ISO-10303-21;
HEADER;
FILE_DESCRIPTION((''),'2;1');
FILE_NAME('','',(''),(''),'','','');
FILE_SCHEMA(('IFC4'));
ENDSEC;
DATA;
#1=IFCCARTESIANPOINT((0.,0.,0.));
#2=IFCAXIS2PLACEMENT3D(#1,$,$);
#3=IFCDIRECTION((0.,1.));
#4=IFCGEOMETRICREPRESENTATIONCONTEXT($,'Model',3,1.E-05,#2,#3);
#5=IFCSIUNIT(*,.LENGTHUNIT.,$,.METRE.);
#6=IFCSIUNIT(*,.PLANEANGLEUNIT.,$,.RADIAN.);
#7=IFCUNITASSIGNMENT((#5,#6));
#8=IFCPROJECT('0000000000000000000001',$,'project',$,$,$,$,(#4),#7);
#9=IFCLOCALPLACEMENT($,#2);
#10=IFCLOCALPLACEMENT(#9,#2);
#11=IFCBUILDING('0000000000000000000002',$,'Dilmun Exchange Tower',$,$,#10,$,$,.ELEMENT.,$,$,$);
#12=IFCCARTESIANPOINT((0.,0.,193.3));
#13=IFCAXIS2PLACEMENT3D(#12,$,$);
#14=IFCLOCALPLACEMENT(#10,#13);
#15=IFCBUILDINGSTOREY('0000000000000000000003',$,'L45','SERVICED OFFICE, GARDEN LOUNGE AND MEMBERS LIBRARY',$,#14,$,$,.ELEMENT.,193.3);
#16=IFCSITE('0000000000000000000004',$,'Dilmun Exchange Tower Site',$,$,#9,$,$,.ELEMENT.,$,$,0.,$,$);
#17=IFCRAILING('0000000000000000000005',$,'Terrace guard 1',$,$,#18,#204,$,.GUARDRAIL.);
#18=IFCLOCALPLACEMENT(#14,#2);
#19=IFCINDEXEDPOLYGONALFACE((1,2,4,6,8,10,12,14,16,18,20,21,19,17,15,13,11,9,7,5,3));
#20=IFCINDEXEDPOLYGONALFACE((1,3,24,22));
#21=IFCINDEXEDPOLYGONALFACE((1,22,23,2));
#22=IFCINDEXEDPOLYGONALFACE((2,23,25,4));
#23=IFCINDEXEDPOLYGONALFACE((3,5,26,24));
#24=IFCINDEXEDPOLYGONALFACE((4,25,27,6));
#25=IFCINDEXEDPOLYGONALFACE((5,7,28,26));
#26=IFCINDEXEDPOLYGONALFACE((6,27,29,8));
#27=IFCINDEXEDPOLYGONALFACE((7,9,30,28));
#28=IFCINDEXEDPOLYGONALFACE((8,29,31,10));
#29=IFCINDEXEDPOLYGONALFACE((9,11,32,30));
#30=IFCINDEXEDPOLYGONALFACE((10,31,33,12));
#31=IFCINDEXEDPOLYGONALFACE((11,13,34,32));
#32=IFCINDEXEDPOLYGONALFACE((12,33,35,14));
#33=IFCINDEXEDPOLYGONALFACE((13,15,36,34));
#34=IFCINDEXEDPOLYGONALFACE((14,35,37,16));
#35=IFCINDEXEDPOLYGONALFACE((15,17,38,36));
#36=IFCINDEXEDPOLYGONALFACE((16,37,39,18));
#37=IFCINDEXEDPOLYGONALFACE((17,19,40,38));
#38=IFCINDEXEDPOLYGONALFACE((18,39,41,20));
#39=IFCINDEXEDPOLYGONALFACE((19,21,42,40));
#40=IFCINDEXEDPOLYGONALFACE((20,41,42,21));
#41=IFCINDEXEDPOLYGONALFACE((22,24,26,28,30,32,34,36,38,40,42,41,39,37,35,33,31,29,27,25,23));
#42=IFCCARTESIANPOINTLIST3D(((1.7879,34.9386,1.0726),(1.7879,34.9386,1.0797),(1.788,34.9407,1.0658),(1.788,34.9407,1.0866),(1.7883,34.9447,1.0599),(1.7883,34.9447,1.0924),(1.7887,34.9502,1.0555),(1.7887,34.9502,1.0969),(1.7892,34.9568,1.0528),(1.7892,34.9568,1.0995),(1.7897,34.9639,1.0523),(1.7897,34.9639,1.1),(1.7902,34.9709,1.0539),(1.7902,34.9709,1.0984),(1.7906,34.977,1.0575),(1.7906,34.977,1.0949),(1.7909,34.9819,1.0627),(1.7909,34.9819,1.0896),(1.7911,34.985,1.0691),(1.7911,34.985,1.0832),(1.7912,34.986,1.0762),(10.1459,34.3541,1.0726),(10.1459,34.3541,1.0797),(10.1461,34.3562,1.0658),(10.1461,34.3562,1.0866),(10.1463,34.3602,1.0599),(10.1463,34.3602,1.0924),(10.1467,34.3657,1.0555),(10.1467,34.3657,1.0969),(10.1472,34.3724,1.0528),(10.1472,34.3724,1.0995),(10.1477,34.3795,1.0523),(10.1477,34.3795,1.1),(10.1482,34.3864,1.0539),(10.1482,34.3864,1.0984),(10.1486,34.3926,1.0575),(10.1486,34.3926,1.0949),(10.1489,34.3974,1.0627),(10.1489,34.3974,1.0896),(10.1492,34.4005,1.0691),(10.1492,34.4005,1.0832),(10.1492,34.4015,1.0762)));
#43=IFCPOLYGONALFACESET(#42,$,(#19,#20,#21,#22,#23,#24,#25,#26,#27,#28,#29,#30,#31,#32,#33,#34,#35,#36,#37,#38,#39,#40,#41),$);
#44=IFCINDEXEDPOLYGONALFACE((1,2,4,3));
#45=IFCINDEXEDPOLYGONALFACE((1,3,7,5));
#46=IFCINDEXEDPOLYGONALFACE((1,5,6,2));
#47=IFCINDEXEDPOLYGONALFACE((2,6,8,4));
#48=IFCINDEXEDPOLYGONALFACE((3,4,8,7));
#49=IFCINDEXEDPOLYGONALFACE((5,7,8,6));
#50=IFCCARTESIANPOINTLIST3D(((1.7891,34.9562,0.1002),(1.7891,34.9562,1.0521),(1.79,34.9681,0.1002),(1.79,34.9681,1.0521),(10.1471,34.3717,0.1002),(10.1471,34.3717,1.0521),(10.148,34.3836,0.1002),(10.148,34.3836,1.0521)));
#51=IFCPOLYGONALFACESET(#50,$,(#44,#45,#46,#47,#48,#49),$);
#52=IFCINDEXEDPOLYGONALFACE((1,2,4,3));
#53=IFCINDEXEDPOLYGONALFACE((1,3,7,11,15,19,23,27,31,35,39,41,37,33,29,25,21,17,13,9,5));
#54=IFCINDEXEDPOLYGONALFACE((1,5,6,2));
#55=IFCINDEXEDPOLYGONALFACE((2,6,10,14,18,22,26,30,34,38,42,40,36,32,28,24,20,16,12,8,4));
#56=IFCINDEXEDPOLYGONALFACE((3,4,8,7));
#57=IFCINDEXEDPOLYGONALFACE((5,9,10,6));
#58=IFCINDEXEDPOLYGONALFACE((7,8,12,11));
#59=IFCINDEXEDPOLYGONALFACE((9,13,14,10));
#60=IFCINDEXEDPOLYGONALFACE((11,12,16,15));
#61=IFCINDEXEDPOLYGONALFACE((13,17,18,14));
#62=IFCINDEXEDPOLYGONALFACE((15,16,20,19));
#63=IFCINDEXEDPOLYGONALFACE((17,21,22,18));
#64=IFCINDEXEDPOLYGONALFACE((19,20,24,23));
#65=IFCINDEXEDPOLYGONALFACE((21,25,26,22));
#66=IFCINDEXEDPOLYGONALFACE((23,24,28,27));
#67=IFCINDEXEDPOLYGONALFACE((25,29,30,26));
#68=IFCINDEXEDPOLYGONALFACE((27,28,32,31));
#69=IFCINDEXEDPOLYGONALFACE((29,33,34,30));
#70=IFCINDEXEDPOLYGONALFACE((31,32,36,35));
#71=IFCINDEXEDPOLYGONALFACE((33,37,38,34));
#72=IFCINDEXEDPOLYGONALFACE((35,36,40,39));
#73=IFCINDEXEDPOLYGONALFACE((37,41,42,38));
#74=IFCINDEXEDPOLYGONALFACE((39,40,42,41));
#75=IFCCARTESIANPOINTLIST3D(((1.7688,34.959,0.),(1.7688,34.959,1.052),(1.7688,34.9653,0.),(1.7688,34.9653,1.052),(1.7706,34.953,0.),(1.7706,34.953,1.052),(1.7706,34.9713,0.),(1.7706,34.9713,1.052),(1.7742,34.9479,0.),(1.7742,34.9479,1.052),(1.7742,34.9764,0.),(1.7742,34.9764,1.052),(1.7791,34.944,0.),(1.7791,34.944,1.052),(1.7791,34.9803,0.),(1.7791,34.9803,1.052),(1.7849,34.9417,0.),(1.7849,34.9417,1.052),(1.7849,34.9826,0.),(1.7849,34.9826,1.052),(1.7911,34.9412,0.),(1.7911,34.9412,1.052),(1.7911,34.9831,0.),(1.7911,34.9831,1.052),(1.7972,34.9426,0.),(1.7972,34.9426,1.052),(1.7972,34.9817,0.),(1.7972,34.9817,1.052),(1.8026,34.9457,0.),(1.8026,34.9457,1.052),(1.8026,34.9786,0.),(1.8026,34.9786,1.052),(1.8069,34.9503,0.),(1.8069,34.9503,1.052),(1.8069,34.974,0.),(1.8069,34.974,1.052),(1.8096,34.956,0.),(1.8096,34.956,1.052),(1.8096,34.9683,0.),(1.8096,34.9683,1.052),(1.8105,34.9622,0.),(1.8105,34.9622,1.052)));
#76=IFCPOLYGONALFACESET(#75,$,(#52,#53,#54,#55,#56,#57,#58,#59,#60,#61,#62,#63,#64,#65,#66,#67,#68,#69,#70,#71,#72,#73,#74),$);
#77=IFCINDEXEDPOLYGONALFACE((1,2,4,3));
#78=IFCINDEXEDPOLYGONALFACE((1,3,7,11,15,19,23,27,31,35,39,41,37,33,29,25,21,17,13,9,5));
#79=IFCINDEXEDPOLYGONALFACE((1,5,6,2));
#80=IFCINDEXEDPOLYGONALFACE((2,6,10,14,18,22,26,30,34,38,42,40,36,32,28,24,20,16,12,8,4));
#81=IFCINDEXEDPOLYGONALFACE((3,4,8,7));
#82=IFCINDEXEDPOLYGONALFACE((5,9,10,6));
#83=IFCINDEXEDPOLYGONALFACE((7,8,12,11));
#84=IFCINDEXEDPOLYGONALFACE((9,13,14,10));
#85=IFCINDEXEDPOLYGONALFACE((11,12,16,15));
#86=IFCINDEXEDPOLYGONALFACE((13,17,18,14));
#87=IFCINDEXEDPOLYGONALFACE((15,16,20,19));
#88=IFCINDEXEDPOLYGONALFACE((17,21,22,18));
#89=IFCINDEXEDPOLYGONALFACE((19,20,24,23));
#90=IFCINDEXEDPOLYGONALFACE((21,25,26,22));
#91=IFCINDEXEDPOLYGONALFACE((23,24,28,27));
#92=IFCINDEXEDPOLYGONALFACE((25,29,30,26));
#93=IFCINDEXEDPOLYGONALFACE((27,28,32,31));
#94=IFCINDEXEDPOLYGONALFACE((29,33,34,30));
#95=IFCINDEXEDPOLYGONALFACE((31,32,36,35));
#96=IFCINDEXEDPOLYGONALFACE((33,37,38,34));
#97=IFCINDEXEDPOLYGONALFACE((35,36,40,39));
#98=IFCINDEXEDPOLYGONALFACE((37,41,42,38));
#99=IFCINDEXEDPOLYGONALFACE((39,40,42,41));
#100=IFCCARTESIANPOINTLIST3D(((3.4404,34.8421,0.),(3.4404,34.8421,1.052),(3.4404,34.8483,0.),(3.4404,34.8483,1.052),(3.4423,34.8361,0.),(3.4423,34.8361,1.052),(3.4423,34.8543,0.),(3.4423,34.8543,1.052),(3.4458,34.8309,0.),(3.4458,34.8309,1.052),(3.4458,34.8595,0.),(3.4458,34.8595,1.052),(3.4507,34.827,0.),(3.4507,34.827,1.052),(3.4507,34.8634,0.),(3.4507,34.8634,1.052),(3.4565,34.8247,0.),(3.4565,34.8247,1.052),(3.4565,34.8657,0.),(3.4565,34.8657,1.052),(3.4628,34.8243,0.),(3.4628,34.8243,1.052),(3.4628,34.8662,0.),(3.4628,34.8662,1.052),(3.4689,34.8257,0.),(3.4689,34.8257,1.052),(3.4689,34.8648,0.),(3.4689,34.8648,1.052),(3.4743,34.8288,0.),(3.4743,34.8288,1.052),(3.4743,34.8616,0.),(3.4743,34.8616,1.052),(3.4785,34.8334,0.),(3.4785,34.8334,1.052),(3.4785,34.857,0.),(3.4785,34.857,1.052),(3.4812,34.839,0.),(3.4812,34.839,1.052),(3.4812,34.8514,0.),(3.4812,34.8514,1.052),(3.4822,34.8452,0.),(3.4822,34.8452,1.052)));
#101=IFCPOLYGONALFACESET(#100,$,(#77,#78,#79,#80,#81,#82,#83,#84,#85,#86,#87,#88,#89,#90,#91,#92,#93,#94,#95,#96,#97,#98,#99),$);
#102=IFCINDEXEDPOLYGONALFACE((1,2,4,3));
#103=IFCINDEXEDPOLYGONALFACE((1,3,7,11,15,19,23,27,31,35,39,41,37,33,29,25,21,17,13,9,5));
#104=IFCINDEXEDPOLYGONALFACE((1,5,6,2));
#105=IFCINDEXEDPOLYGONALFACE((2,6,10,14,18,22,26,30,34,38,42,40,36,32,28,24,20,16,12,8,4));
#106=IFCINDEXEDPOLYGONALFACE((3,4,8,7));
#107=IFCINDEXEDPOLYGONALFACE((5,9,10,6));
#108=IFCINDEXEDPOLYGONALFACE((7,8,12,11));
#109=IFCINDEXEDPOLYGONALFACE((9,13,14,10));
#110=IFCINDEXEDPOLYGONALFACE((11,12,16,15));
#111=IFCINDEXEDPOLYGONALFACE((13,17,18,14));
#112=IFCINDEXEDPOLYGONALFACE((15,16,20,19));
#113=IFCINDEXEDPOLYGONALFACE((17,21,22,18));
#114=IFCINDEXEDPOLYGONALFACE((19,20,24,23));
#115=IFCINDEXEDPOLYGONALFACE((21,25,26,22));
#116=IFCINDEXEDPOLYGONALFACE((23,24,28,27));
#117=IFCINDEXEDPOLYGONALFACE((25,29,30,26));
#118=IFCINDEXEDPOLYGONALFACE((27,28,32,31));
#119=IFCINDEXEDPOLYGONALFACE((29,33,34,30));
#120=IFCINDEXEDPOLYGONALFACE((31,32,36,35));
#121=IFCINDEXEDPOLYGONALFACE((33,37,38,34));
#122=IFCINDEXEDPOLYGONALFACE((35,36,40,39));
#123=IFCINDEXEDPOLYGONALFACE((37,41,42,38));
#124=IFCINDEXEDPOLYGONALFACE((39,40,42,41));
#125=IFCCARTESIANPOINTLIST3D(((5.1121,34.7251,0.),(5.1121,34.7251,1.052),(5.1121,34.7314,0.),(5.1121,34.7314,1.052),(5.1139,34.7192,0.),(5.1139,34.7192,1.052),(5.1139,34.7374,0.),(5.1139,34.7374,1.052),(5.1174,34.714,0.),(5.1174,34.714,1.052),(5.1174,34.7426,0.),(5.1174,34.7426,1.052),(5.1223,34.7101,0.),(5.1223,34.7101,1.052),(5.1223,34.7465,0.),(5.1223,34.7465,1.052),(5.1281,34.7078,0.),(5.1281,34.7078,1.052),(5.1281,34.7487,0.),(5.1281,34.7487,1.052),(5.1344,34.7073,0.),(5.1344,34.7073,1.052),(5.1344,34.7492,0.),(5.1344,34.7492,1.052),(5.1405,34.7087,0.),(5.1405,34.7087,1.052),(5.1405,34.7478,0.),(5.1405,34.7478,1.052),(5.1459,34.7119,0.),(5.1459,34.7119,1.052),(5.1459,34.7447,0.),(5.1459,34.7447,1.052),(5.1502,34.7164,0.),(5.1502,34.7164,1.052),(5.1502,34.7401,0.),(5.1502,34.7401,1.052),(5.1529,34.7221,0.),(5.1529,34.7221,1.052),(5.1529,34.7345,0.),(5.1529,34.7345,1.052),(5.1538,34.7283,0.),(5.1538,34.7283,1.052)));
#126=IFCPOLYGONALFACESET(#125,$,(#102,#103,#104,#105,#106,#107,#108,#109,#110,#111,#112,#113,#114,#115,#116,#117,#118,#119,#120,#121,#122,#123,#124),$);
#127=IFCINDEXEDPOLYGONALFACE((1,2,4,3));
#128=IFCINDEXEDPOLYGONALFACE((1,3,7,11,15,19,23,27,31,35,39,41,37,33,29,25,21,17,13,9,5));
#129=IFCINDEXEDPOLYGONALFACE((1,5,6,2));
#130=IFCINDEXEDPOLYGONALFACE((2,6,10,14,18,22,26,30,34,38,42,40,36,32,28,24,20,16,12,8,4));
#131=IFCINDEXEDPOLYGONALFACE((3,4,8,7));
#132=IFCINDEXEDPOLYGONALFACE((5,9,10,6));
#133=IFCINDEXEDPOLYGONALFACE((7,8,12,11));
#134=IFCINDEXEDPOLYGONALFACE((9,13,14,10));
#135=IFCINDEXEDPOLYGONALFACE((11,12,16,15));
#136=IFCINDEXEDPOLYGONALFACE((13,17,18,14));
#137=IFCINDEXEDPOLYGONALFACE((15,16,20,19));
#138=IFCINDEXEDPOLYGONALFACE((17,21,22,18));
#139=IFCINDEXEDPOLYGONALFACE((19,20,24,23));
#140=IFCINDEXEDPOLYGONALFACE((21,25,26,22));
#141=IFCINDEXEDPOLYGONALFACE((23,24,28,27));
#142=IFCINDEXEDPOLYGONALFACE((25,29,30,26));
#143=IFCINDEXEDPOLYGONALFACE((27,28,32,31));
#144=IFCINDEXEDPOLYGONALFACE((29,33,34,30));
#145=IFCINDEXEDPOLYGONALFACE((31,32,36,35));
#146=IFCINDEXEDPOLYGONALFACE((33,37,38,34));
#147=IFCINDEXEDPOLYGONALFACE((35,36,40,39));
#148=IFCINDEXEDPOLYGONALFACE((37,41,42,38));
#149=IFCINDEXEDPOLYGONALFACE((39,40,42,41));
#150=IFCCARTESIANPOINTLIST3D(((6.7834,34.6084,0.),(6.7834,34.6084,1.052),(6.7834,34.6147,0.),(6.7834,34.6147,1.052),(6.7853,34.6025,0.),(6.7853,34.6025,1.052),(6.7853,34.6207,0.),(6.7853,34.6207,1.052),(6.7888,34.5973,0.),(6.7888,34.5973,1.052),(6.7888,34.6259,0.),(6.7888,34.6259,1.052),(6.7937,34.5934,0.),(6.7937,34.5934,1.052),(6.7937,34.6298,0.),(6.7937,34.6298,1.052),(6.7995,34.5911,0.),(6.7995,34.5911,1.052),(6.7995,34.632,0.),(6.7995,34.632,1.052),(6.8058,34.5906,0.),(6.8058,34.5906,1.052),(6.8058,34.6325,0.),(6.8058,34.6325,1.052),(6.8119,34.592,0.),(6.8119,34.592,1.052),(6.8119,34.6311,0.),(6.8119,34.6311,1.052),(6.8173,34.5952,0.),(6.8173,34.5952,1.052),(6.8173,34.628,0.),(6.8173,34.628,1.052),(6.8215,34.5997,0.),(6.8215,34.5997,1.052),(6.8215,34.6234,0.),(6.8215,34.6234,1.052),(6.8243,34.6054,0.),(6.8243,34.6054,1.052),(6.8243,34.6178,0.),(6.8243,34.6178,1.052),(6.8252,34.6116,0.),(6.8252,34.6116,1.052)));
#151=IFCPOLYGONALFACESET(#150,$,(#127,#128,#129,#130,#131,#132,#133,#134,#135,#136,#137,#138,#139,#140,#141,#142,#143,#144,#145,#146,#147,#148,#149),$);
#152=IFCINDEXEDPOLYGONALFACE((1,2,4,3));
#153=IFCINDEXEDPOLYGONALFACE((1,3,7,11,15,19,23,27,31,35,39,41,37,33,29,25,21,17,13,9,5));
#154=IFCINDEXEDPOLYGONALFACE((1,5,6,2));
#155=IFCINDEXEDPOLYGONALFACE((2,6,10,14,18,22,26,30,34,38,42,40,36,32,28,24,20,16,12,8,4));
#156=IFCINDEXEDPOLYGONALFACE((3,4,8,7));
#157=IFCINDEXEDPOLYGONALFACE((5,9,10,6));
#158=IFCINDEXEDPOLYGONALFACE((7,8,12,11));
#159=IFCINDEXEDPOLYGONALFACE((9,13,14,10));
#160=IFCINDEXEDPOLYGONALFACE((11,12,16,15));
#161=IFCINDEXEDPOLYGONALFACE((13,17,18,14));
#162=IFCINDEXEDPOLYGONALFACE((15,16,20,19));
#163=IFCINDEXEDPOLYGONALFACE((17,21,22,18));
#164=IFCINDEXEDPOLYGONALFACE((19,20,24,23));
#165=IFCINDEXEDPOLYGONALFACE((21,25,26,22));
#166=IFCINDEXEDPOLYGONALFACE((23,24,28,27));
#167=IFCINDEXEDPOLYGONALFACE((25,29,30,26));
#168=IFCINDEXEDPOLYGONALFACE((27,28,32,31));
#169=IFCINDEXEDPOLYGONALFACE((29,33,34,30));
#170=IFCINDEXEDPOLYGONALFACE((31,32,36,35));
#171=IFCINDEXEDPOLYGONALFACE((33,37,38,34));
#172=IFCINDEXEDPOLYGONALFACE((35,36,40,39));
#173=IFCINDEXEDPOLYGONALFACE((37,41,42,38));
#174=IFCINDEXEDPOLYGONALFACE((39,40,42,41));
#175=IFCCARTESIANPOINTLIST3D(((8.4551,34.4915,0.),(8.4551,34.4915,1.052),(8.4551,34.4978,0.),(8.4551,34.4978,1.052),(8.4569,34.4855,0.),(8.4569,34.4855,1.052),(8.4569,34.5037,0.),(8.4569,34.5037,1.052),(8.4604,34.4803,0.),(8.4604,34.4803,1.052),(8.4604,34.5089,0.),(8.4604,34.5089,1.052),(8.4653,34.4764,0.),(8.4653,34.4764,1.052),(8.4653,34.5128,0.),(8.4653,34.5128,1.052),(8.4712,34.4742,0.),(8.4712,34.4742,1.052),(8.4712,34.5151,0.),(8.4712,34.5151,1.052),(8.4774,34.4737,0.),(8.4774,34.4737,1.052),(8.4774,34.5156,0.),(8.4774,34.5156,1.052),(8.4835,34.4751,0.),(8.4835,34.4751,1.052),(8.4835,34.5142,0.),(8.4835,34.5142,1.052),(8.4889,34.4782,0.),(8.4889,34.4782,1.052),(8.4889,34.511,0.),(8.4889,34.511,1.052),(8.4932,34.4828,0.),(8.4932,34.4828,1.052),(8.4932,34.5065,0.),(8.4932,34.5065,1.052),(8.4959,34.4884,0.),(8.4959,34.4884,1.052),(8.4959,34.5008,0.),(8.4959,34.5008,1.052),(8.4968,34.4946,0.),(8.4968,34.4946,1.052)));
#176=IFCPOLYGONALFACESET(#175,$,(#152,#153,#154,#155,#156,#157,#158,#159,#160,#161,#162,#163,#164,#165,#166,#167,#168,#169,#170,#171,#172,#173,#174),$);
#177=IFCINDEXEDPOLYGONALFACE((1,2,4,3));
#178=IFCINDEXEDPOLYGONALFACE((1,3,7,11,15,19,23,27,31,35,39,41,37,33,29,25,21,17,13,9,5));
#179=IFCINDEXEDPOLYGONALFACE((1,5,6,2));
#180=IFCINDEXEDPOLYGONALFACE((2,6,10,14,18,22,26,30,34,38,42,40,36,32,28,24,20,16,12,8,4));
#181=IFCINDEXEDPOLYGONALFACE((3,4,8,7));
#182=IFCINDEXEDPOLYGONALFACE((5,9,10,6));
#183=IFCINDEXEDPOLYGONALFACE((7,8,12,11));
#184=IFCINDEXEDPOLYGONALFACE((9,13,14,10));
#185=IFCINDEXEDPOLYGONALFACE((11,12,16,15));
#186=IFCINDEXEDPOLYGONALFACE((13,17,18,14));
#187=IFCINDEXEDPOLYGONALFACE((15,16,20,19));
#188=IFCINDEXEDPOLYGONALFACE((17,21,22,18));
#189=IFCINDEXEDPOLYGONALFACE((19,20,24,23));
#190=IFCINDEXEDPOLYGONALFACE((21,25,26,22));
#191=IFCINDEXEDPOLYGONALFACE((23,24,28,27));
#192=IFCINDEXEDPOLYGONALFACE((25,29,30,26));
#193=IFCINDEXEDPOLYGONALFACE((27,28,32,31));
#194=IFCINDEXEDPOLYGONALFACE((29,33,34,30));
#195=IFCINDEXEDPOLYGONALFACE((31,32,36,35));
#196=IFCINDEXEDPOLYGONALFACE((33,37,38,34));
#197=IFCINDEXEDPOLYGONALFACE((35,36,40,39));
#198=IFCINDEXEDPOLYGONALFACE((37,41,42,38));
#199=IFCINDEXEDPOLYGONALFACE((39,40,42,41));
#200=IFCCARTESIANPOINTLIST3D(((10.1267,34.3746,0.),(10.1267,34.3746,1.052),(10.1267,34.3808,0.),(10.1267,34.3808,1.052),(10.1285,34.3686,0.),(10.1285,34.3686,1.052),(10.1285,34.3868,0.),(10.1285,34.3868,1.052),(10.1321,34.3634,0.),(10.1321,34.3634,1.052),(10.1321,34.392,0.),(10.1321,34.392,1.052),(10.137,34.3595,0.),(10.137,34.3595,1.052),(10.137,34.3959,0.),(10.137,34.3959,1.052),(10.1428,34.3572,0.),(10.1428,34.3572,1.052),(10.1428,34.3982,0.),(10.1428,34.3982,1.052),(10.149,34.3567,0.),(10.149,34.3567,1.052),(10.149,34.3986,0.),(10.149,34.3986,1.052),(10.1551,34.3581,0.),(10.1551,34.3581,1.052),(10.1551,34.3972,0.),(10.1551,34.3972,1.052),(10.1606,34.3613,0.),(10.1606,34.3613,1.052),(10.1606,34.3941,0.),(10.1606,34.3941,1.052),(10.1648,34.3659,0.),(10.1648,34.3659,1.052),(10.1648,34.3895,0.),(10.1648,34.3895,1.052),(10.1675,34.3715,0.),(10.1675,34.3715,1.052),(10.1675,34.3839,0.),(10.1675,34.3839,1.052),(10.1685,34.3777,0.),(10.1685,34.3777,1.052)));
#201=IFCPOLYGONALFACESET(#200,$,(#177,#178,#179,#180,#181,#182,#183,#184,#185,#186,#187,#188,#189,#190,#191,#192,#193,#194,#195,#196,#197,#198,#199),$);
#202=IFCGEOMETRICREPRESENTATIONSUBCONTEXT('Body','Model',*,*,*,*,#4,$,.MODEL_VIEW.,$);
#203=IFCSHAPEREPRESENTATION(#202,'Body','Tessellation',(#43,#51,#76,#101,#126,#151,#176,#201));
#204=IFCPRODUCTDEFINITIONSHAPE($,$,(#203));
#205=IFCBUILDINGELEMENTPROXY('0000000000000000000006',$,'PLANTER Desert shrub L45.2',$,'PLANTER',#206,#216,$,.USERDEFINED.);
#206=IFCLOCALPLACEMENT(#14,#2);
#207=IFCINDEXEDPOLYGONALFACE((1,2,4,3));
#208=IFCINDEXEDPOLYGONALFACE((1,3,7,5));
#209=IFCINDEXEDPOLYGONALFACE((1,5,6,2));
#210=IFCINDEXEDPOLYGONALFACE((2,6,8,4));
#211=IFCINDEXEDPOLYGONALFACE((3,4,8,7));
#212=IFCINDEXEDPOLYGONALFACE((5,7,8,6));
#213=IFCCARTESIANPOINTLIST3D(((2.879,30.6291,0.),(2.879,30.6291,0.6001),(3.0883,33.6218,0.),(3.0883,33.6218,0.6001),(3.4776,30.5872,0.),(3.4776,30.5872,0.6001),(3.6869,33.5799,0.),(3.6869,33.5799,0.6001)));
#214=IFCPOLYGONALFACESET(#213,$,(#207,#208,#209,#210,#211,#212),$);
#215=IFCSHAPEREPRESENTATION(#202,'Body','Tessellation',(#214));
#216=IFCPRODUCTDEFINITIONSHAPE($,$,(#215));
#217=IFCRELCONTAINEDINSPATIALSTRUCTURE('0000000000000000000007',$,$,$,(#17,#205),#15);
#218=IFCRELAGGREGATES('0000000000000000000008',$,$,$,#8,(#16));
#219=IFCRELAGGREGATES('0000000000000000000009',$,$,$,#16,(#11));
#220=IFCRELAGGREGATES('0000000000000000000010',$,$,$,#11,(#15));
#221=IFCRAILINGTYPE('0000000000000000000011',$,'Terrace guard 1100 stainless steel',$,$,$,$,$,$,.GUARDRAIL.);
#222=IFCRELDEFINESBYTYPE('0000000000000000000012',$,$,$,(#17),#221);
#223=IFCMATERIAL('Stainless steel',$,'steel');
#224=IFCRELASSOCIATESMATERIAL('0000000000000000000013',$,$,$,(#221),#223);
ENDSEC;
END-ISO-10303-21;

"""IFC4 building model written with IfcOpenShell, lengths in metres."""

from ifc_helpers import new_model, si_unit, direction, frame, origin, origin_2d, place, context, subcontext, project, spatial, rectangle, circle, extrude, material, type_object, element, save


model = new_model("IFC4")

# Units and contexts
model_context = context("Model", 3, precision=1e-05, world=origin(), true_north=direction((0.0, 1.0)))
body_context = subcontext(model_context, "Body", "Model", "MODEL_VIEW")
ifc_project = project(units=[si_unit("LENGTHUNIT", "METRE"), si_unit("PLANEANGLEUNIT", "RADIAN")], contexts=[model_context])

# Site, building, storey
site_placement = place(None, origin())
site = spatial("IfcSite", under=ifc_project, at=site_placement, Name="Dilmun Exchange Tower Site", CompositionType="ELEMENT", RefElevation=0.0)
building_placement = place(site_placement, origin())
building = spatial("IfcBuilding", under=site, at=building_placement, Name="Dilmun Exchange Tower", CompositionType="ELEMENT")
storey_placement = place(building_placement, frame((0.0, 0.0, 193.3)))
storey = spatial("IfcBuildingStorey", under=building, at=storey_placement, Name="L45", Description="SERVICED OFFICE, GARDEN LOUNGE AND MEMBERS LIBRARY", CompositionType="ELEMENT", Elevation=193.3)

# Railing
ifc_material_1 = material(Name="Stainless steel", Category="steel")
railing_type = type_object("IfcRailingType", Name="Terrace guard 1100 stainless steel", PredefinedType="GUARDRAIL", material=ifc_material_1)
railing_placement = place(storey_placement, frame((1.7896, 34.9622, 0.0)))
element("IfcRailing", 1, at=railing_placement, inside=storey, type_object=railing_type, Name="Terrace guard 1", PredefinedType="GUARDRAIL", context=body_context, shape_type="SweptSolid", body=[
    extrude(circle(Radius=0.0239, at=origin_2d()), frame((0.0, 0.0, 1.0762), z_axis=(0.997564, -0.06976, 0.0), x_axis=(0.06976, 0.997564, 0.0)), (0.0, 0.0, 1.0), 8.3784),
    extrude(rectangle(XDim=0.012, YDim=0.9519, at=origin_2d()), frame((0.0, 0.0, 0.5762), z_axis=(0.997564, -0.06976, 0.0), x_axis=(0.06976, 0.997564, 0.0)), (0.0, 0.0, 1.0), 8.3784),
    extrude(circle(Radius=0.021, at=origin_2d()), origin(), (0.0, 0.0, 1.0), 1.052),
    extrude(circle(Radius=0.021, at=origin_2d()), frame((1.6716, -0.1169, 0.0)), (0.0, 0.0, 1.0), 1.052),
    extrude(circle(Radius=0.021, at=origin_2d()), frame((3.3433, -0.2339, 0.0)), (0.0, 0.0, 1.0), 1.052),
    extrude(circle(Radius=0.021, at=origin_2d()), frame((5.0146, -0.3506, 0.0)), (0.0, 0.0, 1.0), 1.052),
    extrude(circle(Radius=0.021, at=origin_2d()), frame((6.6863, -0.4675, 0.0)), (0.0, 0.0, 1.0), 1.052),
    extrude(circle(Radius=0.021, at=origin_2d()), frame((8.3579, -0.5845, 0.0)), (0.0, 0.0, 1.0), 1.052),
])

# Building element proxy
proxy_placement = place(storey_placement, frame((3.283, 32.1045, 0.0), z_axis=(0.0, 0.0, 1.0), x_axis=(0.069756, 0.997564, 0.0)))
element("IfcBuildingElementProxy", 2, at=proxy_placement, inside=storey, Name="PLANTER Desert shrub L45.2", ObjectType="PLANTER", PredefinedType="USERDEFINED", context=body_context, shape_type="SweptSolid", body=[
    extrude(rectangle(XDim=3.0, YDim=0.6001, at=origin_2d()), origin(), (0.0, 0.0, 1.0), 0.6001),
])

save(model, "model.ifc")
